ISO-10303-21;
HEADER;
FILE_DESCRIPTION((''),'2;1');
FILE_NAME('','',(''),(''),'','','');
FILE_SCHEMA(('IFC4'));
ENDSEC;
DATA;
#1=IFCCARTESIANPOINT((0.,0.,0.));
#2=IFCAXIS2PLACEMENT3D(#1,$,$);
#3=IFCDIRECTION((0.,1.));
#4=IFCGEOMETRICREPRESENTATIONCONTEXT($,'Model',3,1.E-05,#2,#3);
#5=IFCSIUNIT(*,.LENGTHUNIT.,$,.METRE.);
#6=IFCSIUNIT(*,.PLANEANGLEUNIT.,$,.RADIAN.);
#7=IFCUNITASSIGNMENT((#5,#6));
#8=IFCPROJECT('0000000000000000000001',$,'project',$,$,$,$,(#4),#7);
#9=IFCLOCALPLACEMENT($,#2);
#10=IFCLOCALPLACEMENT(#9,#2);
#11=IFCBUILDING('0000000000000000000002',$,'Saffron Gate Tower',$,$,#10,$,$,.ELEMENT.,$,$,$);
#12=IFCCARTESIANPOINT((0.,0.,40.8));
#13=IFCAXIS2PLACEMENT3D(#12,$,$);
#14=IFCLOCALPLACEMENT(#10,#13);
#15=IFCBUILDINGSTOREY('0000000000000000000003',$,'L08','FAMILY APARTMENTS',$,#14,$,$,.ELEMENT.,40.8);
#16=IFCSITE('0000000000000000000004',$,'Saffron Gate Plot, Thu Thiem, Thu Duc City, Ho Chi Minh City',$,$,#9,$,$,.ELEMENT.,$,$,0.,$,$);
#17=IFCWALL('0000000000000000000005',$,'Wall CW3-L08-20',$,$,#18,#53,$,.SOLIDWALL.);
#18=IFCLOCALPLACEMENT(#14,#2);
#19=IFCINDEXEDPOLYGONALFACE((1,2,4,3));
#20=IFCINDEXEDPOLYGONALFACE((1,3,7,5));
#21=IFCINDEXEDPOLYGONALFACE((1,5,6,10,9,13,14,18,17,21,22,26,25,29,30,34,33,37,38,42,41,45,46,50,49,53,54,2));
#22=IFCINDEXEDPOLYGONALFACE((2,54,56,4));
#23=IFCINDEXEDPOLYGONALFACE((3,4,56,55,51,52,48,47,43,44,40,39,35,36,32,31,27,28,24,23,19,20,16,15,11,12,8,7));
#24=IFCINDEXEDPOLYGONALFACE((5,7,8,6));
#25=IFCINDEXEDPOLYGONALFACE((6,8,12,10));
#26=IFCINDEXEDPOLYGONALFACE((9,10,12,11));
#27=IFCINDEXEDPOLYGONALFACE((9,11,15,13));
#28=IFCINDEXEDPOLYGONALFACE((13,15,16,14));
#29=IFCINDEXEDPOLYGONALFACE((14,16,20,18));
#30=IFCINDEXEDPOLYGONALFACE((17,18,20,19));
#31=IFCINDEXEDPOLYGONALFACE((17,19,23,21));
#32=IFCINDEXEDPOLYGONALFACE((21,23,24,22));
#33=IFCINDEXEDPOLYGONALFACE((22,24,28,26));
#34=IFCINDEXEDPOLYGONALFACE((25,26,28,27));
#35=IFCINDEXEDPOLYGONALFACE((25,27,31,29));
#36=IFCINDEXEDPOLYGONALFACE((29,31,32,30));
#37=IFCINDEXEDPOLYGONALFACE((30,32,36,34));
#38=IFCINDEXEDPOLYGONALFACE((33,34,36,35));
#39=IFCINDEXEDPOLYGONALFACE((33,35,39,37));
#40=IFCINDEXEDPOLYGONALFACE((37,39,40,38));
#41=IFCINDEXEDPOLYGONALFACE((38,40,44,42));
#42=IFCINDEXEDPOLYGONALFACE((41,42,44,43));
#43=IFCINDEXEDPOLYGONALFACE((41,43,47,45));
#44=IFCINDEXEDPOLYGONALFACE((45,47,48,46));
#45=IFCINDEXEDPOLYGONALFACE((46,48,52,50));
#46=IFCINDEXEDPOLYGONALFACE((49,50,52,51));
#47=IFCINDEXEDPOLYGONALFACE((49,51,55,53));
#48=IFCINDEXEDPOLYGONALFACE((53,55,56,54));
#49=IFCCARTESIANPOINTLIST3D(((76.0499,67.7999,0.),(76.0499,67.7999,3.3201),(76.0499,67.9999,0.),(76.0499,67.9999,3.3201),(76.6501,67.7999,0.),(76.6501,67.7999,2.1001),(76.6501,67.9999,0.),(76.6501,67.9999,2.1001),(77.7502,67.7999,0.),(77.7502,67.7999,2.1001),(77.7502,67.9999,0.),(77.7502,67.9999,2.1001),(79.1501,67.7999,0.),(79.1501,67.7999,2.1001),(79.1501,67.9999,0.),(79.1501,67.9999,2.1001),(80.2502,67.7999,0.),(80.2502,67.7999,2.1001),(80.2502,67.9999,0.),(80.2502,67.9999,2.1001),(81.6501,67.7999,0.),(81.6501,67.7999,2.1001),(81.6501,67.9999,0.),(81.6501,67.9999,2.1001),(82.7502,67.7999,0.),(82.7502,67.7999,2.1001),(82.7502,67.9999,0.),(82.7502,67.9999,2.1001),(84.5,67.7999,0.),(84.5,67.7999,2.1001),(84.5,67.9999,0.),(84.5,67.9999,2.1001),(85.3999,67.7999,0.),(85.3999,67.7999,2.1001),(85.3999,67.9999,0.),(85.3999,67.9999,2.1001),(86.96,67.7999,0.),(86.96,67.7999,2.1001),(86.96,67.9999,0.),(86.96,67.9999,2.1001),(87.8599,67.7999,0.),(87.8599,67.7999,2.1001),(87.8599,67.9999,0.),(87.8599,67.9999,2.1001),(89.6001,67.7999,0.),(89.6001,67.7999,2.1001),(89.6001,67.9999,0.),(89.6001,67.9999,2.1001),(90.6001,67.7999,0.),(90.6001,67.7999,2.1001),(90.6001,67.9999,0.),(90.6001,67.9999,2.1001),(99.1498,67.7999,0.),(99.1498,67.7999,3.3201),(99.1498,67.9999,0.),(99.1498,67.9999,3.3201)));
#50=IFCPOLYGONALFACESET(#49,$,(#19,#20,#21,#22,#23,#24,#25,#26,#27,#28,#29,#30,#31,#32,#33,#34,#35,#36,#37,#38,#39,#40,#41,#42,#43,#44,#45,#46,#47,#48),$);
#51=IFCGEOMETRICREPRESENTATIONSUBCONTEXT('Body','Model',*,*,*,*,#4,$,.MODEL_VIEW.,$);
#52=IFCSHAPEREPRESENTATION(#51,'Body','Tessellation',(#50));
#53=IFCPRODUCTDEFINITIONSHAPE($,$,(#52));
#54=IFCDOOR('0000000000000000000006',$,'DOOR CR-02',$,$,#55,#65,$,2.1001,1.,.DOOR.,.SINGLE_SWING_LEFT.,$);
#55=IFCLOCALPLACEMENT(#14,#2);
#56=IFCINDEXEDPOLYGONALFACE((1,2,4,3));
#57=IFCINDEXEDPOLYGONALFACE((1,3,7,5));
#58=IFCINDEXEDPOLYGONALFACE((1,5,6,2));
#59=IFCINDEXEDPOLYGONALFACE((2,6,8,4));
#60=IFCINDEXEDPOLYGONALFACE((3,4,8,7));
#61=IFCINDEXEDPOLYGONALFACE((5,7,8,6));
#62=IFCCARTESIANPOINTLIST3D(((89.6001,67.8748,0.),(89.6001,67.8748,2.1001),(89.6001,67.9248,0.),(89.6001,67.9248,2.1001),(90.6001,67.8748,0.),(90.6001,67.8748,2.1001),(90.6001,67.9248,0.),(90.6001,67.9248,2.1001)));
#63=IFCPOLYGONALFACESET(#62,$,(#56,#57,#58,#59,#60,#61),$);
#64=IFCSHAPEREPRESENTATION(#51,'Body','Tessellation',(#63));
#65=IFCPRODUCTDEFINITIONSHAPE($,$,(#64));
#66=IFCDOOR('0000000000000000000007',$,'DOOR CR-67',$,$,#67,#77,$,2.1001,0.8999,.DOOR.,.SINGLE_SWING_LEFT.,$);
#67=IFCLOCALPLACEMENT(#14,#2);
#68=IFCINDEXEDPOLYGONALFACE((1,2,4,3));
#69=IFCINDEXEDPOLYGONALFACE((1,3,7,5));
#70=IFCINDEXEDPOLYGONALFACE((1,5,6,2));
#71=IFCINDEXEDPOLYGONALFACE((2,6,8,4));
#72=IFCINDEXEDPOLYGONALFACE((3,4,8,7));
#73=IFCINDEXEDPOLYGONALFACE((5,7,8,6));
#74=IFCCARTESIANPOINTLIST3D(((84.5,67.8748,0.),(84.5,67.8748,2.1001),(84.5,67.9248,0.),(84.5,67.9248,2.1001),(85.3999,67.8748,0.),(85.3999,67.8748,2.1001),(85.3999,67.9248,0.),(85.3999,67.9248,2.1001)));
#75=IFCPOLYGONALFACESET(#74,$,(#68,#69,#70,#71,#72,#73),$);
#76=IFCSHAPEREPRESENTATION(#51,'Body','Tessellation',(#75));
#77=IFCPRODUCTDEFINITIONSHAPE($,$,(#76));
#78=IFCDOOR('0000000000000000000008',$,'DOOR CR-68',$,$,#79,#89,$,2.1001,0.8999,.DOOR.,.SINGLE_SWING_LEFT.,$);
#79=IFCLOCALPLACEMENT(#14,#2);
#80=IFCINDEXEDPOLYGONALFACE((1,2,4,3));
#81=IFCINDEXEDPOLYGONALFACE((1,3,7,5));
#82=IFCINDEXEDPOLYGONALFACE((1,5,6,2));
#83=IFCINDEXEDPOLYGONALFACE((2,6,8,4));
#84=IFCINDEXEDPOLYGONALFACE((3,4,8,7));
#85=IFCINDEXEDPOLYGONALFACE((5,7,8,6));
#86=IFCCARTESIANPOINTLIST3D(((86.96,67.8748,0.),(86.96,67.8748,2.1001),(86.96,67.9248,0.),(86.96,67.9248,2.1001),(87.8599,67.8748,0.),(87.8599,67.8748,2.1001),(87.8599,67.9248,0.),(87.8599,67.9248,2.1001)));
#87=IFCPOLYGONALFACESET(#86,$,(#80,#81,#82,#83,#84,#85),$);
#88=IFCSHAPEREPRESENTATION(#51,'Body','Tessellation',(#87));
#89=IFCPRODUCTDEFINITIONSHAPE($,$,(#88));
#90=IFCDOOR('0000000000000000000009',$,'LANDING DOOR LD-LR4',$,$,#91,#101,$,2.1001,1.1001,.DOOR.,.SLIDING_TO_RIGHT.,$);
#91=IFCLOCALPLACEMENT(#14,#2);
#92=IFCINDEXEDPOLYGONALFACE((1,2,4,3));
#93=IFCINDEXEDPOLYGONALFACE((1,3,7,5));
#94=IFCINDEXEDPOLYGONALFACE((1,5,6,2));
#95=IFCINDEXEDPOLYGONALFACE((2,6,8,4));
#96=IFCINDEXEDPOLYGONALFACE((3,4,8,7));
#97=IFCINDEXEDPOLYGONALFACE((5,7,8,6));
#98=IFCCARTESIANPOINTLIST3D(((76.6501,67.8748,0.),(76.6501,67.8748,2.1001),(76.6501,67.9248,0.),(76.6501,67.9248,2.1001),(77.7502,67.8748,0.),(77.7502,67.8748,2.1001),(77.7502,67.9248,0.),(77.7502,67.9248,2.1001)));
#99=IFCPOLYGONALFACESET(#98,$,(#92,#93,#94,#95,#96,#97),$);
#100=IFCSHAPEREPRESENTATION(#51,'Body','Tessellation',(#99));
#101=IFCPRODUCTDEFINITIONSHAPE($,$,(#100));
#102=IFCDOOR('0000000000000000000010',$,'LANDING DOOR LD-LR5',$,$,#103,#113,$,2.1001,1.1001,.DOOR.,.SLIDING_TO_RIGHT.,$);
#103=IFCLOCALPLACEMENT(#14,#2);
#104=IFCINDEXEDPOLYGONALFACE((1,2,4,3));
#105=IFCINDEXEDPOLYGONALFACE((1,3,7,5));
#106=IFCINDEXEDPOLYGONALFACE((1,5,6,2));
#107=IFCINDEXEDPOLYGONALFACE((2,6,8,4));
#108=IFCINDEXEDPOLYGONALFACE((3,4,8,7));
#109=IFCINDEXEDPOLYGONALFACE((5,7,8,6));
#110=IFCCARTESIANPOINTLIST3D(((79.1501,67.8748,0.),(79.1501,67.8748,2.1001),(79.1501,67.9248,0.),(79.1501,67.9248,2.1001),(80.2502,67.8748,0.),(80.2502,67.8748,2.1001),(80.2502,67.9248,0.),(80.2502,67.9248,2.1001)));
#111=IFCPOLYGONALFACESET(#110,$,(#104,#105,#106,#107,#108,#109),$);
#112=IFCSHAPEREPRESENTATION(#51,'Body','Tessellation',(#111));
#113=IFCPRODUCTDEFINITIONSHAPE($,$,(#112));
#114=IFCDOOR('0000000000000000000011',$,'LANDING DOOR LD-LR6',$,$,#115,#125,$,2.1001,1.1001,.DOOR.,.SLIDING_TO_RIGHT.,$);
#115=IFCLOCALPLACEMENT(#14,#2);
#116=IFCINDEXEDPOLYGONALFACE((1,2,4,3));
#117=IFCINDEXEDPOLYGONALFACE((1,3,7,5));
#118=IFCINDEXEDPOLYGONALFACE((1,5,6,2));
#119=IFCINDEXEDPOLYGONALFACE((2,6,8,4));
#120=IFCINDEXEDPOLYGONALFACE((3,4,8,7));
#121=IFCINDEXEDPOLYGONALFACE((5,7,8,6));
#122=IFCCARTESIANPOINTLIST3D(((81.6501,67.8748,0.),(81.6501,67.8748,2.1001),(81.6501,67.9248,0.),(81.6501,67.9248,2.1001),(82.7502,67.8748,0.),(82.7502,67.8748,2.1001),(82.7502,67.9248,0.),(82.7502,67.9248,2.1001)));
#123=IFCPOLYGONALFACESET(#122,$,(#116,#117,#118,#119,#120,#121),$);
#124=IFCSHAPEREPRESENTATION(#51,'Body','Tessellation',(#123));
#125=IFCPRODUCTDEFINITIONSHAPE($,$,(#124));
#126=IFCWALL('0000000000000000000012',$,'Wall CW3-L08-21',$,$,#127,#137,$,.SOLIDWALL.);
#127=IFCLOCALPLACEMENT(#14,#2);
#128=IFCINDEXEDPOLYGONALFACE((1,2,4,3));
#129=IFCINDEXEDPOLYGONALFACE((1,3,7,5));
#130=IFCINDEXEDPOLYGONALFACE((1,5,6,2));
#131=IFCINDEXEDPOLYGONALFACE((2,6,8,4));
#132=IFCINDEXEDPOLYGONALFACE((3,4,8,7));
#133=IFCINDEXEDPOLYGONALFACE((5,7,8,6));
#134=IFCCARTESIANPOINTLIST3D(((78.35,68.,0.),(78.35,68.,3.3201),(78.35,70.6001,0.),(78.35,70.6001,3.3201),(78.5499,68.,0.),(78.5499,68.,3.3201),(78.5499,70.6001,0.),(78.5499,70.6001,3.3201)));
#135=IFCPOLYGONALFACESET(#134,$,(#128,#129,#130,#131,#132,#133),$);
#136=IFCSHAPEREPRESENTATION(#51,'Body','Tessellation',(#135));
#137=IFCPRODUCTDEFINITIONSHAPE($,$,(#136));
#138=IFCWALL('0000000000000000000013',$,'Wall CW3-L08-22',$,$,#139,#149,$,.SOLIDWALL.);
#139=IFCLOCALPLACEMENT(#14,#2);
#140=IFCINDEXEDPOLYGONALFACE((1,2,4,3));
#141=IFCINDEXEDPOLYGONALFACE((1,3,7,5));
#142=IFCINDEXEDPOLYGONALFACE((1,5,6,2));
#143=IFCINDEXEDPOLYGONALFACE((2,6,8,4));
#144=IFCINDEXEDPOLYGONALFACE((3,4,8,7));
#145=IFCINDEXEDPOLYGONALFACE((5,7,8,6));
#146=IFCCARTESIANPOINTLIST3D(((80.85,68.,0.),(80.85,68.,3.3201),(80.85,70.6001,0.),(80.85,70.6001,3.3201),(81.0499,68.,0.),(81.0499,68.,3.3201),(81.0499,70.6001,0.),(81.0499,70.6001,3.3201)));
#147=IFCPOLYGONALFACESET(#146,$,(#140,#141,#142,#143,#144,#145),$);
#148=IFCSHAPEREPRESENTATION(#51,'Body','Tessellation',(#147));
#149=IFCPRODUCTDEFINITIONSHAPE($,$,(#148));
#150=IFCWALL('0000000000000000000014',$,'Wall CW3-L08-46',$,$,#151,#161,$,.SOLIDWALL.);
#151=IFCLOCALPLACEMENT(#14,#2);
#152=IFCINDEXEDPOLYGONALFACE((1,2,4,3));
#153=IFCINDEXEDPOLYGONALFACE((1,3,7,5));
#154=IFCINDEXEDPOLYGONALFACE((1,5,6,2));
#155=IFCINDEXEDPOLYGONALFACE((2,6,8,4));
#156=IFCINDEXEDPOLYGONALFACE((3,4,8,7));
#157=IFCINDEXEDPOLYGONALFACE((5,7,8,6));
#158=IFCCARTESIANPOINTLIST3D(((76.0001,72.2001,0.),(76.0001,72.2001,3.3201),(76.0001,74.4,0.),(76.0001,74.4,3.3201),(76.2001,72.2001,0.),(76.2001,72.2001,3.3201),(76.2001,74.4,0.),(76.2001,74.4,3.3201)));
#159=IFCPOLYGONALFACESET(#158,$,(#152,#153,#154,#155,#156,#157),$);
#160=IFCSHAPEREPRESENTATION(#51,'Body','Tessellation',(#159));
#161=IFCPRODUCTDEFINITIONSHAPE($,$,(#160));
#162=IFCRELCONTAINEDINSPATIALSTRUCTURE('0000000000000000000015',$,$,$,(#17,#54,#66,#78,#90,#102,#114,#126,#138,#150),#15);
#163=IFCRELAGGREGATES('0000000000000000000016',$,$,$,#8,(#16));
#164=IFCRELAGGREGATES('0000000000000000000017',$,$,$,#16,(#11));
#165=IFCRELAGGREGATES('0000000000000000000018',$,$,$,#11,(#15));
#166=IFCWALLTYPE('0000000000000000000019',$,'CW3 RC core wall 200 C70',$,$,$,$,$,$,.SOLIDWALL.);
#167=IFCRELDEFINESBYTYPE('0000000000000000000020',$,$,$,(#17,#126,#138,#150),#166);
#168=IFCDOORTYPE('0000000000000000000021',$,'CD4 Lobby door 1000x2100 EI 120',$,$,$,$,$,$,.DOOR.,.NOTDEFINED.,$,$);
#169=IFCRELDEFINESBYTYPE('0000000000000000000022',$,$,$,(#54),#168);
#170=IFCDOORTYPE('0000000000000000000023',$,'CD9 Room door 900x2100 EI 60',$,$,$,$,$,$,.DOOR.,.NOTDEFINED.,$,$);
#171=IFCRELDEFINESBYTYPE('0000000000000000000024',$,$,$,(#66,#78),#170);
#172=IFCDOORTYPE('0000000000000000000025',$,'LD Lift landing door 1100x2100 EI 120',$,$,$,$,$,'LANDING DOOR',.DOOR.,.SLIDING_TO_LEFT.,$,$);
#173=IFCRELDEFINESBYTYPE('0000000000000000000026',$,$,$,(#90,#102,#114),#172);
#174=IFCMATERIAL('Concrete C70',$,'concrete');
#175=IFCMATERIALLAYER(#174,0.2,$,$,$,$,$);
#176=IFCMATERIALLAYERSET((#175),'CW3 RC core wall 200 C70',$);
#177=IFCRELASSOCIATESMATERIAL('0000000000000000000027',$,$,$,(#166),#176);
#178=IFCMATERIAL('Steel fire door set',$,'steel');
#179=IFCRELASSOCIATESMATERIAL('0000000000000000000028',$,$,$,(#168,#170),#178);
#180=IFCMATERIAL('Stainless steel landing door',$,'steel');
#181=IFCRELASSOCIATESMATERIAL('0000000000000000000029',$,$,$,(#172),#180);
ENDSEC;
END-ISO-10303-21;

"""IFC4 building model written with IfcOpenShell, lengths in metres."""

from ifc_helpers import new_model, si_unit, direction, frame, frame_2d, origin, place, context, subcontext, project, spatial, rectangle, extrude, material, layer, layer_set, type_object, element, fill, save


model = new_model("IFC4")

# Units and contexts
model_context = context("Model", 3, precision=1e-05, world=origin(), true_north=direction((0.0, 1.0)))
body_context = subcontext(model_context, "Body", "Model", "MODEL_VIEW")
ifc_project = project(units=[si_unit("LENGTHUNIT", "METRE"), si_unit("PLANEANGLEUNIT", "RADIAN")], contexts=[model_context])

# Site, building, storey
site_placement = place(None, origin())
site = spatial("IfcSite", under=ifc_project, at=site_placement, Name="Saffron Gate Plot, Thu Thiem, Thu Duc City, Ho Chi Minh City", CompositionType="ELEMENT", RefElevation=0.0)
building_placement = place(site_placement, origin())
building = spatial("IfcBuilding", under=site, at=building_placement, Name="Saffron Gate Tower", CompositionType="ELEMENT")
storey_placement = place(building_placement, frame((0.0, 0.0, 40.8)))
storey = spatial("IfcBuildingStorey", under=building, at=storey_placement, Name="L08", Description="FAMILY APARTMENTS", CompositionType="ELEMENT", Elevation=40.8)

# Shared definitions
ifc_material_1 = material(Name="Concrete C70", Category="concrete")
ifc_material_2 = material(Name="Steel fire door set", Category="steel")

# Shared definitions
ifc_layer_1 = layer(ifc_material_1, 0.2)
ifc_layer_set_1 = layer_set([ifc_layer_1], Name="CW3 RC core wall 200 C70")
wall_type_1 = type_object("IfcWallType", Name="CW3 RC core wall 200 C70", PredefinedType="SOLIDWALL", material=ifc_layer_set_1)

# Wall, openings, doors
wall_1_placement = place(storey_placement, frame((76.05, 67.8999, 0.0), z_axis=(0.0, 0.0, 1.0), x_axis=(1.0, 0.0, 0.0)))
wall_1 = element("IfcWall", 1, at=wall_1_placement, inside=storey, type_object=wall_type_1, Name="Wall CW3-L08-20", PredefinedType="SOLIDWALL", context=body_context, shape_type="SweptSolid", body=[
    extrude(rectangle(XDim=23.0999, YDim=0.2, at=frame_2d((11.5498, 0.0))), origin(), (0.0, 0.0, 1.0), 3.3201),
])
opening_1_placement = place(wall_1_placement, frame((0.6001, 0.0, 0.0)))
opening_1 = element("IfcOpeningElement", 2, at=opening_1_placement, cuts=wall_1, PredefinedType="OPENING", context=body_context, shape_type="SweptSolid", body=[
    extrude(rectangle(XDim=1.1001, YDim=2.1001, at=frame_2d((0.55, 1.05))), frame((0.0, 0.1099, 0.0), z_axis=(0.0, -1.0, 0.0), x_axis=(1.0, 0.0, 0.0)), (0.0, 0.0, 1.0), 0.22),
])
opening_2_placement = place(wall_1_placement, frame((3.1001, 0.0, 0.0)))
opening_2 = element("IfcOpeningElement", 3, at=opening_2_placement, cuts=wall_1, PredefinedType="OPENING", context=body_context, shape_type="SweptSolid", body=[
    extrude(rectangle(XDim=1.1001, YDim=2.1001, at=frame_2d((0.55, 1.05))), frame((0.0, 0.1099, 0.0), z_axis=(0.0, -1.0, 0.0), x_axis=(1.0, 0.0, 0.0)), (0.0, 0.0, 1.0), 0.22),
])
opening_3_placement = place(wall_1_placement, frame((5.6001, 0.0, 0.0)))
opening_3 = element("IfcOpeningElement", 4, at=opening_3_placement, cuts=wall_1, PredefinedType="OPENING", context=body_context, shape_type="SweptSolid", body=[
    extrude(rectangle(XDim=1.1001, YDim=2.1001, at=frame_2d((0.55, 1.05))), frame((0.0, 0.1099, 0.0), z_axis=(0.0, -1.0, 0.0), x_axis=(1.0, 0.0, 0.0)), (0.0, 0.0, 1.0), 0.22),
])
opening_4_placement = place(wall_1_placement, frame((8.45, 0.0, 0.0)))
opening_4 = element("IfcOpeningElement", 5, at=opening_4_placement, cuts=wall_1, PredefinedType="OPENING", context=body_context, shape_type="SweptSolid", body=[
    extrude(rectangle(XDim=0.8999, YDim=2.1001, at=frame_2d((0.45, 1.05))), frame((0.0, 0.1099, 0.0), z_axis=(0.0, -1.0, 0.0), x_axis=(1.0, 0.0, 0.0)), (0.0, 0.0, 1.0), 0.22),
])
opening_5_placement = place(wall_1_placement, frame((10.9099, 0.0, 0.0)))
opening_5 = element("IfcOpeningElement", 6, at=opening_5_placement, cuts=wall_1, PredefinedType="OPENING", context=body_context, shape_type="SweptSolid", body=[
    extrude(rectangle(XDim=0.8999, YDim=2.1001, at=frame_2d((0.45, 1.05))), frame((0.0, 0.1099, 0.0), z_axis=(0.0, -1.0, 0.0), x_axis=(1.0, 0.0, 0.0)), (0.0, 0.0, 1.0), 0.22),
])
opening_6_placement = place(wall_1_placement, frame((13.55, 0.0, 0.0)))
opening_6 = element("IfcOpeningElement", 7, at=opening_6_placement, cuts=wall_1, PredefinedType="OPENING", context=body_context, shape_type="SweptSolid", body=[
    extrude(rectangle(XDim=1.0, YDim=2.1001, at=frame_2d((0.5, 1.05))), frame((0.0, 0.1099, 0.0), z_axis=(0.0, -1.0, 0.0), x_axis=(1.0, 0.0, 0.0)), (0.0, 0.0, 1.0), 0.22),
])
door_type_1 = type_object("IfcDoorType", Name="CD4 Lobby door 1000x2100 EI 120", OperationType="NOTDEFINED", PredefinedType="DOOR", material=ifc_material_2)
door_1_placement = place(opening_6_placement, origin())
door_1 = element("IfcDoor", 8, at=door_1_placement, inside=storey, type_object=door_type_1, Name="DOOR CR-02", OperationType="SINGLE_SWING_LEFT", OverallHeight=2.1001, OverallWidth=1.0, PredefinedType="DOOR", context=body_context, shape_type="SweptSolid", body=[
    extrude(rectangle(XDim=1.0, YDim=2.1001, at=frame_2d((0.5, 1.05))), frame((0.0, 0.0249, 0.0), z_axis=(0.0, -1.0, 0.0), x_axis=(1.0, 0.0, 0.0)), (0.0, 0.0, 1.0), 0.05),
])
fill(opening_6, door_1)
door_type_2 = type_object("IfcDoorType", Name="CD9 Room door 900x2100 EI 60", OperationType="NOTDEFINED", PredefinedType="DOOR", material=ifc_material_2)
door_2_placement = place(opening_4_placement, origin())
door_2 = element("IfcDoor", 9, at=door_2_placement, inside=storey, type_object=door_type_2, Name="DOOR CR-67", OperationType="SINGLE_SWING_LEFT", OverallHeight=2.1001, OverallWidth=0.8999, PredefinedType="DOOR", context=body_context, shape_type="SweptSolid", body=[
    extrude(rectangle(XDim=0.8999, YDim=2.1001, at=frame_2d((0.45, 1.05))), frame((0.0, 0.0249, 0.0), z_axis=(0.0, -1.0, 0.0), x_axis=(1.0, 0.0, 0.0)), (0.0, 0.0, 1.0), 0.05),
])
fill(opening_4, door_2)
door_3_placement = place(opening_5_placement, origin())
door_3 = element("IfcDoor", 10, at=door_3_placement, inside=storey, type_object=door_type_2, Name="DOOR CR-68", OperationType="SINGLE_SWING_LEFT", OverallHeight=2.1001, OverallWidth=0.8999, PredefinedType="DOOR", context=body_context, shape_type="SweptSolid", body=[
    extrude(rectangle(XDim=0.8999, YDim=2.1001, at=frame_2d((0.45, 1.05))), frame((0.0, 0.0249, 0.0), z_axis=(0.0, -1.0, 0.0), x_axis=(1.0, 0.0, 0.0)), (0.0, 0.0, 1.0), 0.05),
])
fill(opening_5, door_3)
ifc_material_3 = material(Name="Stainless steel landing door", Category="steel")
door_type_3 = type_object("IfcDoorType", Name="LD Lift landing door 1100x2100 EI 120", ElementType="LANDING DOOR", OperationType="SLIDING_TO_LEFT", PredefinedType="DOOR", material=ifc_material_3)
door_4_placement = place(opening_1_placement, origin())
door_4 = element("IfcDoor", 11, at=door_4_placement, inside=storey, type_object=door_type_3, Name="LANDING DOOR LD-LR4", OperationType="SLIDING_TO_RIGHT", OverallHeight=2.1001, OverallWidth=1.1001, PredefinedType="DOOR", context=body_context, shape_type="SweptSolid", body=[
    extrude(rectangle(XDim=1.1001, YDim=2.1001, at=frame_2d((0.55, 1.05))), frame((0.0, 0.0249, 0.0), z_axis=(0.0, -1.0, 0.0), x_axis=(1.0, 0.0, 0.0)), (0.0, 0.0, 1.0), 0.05),
])
fill(opening_1, door_4)
door_5_placement = place(opening_2_placement, origin())
door_5 = element("IfcDoor", 12, at=door_5_placement, inside=storey, type_object=door_type_3, Name="LANDING DOOR LD-LR5", OperationType="SLIDING_TO_RIGHT", OverallHeight=2.1001, OverallWidth=1.1001, PredefinedType="DOOR", context=body_context, shape_type="SweptSolid", body=[
    extrude(rectangle(XDim=1.1001, YDim=2.1001, at=frame_2d((0.55, 1.05))), frame((0.0, 0.0249, 0.0), z_axis=(0.0, -1.0, 0.0), x_axis=(1.0, 0.0, 0.0)), (0.0, 0.0, 1.0), 0.05),
])
fill(opening_2, door_5)
door_6_placement = place(opening_3_placement, origin())
door_6 = element("IfcDoor", 13, at=door_6_placement, inside=storey, type_object=door_type_3, Name="LANDING DOOR LD-LR6", OperationType="SLIDING_TO_RIGHT", OverallHeight=2.1001, OverallWidth=1.1001, PredefinedType="DOOR", context=body_context, shape_type="SweptSolid", body=[
    extrude(rectangle(XDim=1.1001, YDim=2.1001, at=frame_2d((0.55, 1.05))), frame((0.0, 0.0249, 0.0), z_axis=(0.0, -1.0, 0.0), x_axis=(1.0, 0.0, 0.0)), (0.0, 0.0, 1.0), 0.05),
])
fill(opening_3, door_6)

# Walls
for number, where, z_axis, x_axis, name in (
    (14, (78.45, 68.0, 0.0), (0.0, 0.0, 1.0), (0.0, 1.0, 0.0), "Wall CW3-L08-21"),
    (15, (80.95, 68.0, 0.0), (0.0, 0.0, 1.0), (0.0, 1.0, 0.0), "Wall CW3-L08-22"),
):
    element("IfcWall", number, at=place(storey_placement, frame(where, z_axis=z_axis, x_axis=x_axis)), inside=storey, type_object=wall_type_1, Name=name, PredefinedType="SOLIDWALL", context=body_context, shape_type="SweptSolid", body=[
        extrude(rectangle(XDim=2.6001, YDim=0.2, at=frame_2d((1.3, 0.0))), origin(), (0.0, 0.0, 1.0), 3.3201),
    ])
wall_2_placement = place(storey_placement, frame((76.1001, 72.2, 0.0), z_axis=(0.0, 0.0, 1.0), x_axis=(0.0, 1.0, 0.0)))
element("IfcWall", 16, at=wall_2_placement, inside=storey, type_object=wall_type_1, Name="Wall CW3-L08-46", PredefinedType="SOLIDWALL", context=body_context, shape_type="SweptSolid", body=[
    extrude(rectangle(XDim=2.2, YDim=0.2, at=frame_2d((1.1001, 0.0))), origin(), (0.0, 0.0, 1.0), 3.3201),
])

save(model, "model.ifc")
